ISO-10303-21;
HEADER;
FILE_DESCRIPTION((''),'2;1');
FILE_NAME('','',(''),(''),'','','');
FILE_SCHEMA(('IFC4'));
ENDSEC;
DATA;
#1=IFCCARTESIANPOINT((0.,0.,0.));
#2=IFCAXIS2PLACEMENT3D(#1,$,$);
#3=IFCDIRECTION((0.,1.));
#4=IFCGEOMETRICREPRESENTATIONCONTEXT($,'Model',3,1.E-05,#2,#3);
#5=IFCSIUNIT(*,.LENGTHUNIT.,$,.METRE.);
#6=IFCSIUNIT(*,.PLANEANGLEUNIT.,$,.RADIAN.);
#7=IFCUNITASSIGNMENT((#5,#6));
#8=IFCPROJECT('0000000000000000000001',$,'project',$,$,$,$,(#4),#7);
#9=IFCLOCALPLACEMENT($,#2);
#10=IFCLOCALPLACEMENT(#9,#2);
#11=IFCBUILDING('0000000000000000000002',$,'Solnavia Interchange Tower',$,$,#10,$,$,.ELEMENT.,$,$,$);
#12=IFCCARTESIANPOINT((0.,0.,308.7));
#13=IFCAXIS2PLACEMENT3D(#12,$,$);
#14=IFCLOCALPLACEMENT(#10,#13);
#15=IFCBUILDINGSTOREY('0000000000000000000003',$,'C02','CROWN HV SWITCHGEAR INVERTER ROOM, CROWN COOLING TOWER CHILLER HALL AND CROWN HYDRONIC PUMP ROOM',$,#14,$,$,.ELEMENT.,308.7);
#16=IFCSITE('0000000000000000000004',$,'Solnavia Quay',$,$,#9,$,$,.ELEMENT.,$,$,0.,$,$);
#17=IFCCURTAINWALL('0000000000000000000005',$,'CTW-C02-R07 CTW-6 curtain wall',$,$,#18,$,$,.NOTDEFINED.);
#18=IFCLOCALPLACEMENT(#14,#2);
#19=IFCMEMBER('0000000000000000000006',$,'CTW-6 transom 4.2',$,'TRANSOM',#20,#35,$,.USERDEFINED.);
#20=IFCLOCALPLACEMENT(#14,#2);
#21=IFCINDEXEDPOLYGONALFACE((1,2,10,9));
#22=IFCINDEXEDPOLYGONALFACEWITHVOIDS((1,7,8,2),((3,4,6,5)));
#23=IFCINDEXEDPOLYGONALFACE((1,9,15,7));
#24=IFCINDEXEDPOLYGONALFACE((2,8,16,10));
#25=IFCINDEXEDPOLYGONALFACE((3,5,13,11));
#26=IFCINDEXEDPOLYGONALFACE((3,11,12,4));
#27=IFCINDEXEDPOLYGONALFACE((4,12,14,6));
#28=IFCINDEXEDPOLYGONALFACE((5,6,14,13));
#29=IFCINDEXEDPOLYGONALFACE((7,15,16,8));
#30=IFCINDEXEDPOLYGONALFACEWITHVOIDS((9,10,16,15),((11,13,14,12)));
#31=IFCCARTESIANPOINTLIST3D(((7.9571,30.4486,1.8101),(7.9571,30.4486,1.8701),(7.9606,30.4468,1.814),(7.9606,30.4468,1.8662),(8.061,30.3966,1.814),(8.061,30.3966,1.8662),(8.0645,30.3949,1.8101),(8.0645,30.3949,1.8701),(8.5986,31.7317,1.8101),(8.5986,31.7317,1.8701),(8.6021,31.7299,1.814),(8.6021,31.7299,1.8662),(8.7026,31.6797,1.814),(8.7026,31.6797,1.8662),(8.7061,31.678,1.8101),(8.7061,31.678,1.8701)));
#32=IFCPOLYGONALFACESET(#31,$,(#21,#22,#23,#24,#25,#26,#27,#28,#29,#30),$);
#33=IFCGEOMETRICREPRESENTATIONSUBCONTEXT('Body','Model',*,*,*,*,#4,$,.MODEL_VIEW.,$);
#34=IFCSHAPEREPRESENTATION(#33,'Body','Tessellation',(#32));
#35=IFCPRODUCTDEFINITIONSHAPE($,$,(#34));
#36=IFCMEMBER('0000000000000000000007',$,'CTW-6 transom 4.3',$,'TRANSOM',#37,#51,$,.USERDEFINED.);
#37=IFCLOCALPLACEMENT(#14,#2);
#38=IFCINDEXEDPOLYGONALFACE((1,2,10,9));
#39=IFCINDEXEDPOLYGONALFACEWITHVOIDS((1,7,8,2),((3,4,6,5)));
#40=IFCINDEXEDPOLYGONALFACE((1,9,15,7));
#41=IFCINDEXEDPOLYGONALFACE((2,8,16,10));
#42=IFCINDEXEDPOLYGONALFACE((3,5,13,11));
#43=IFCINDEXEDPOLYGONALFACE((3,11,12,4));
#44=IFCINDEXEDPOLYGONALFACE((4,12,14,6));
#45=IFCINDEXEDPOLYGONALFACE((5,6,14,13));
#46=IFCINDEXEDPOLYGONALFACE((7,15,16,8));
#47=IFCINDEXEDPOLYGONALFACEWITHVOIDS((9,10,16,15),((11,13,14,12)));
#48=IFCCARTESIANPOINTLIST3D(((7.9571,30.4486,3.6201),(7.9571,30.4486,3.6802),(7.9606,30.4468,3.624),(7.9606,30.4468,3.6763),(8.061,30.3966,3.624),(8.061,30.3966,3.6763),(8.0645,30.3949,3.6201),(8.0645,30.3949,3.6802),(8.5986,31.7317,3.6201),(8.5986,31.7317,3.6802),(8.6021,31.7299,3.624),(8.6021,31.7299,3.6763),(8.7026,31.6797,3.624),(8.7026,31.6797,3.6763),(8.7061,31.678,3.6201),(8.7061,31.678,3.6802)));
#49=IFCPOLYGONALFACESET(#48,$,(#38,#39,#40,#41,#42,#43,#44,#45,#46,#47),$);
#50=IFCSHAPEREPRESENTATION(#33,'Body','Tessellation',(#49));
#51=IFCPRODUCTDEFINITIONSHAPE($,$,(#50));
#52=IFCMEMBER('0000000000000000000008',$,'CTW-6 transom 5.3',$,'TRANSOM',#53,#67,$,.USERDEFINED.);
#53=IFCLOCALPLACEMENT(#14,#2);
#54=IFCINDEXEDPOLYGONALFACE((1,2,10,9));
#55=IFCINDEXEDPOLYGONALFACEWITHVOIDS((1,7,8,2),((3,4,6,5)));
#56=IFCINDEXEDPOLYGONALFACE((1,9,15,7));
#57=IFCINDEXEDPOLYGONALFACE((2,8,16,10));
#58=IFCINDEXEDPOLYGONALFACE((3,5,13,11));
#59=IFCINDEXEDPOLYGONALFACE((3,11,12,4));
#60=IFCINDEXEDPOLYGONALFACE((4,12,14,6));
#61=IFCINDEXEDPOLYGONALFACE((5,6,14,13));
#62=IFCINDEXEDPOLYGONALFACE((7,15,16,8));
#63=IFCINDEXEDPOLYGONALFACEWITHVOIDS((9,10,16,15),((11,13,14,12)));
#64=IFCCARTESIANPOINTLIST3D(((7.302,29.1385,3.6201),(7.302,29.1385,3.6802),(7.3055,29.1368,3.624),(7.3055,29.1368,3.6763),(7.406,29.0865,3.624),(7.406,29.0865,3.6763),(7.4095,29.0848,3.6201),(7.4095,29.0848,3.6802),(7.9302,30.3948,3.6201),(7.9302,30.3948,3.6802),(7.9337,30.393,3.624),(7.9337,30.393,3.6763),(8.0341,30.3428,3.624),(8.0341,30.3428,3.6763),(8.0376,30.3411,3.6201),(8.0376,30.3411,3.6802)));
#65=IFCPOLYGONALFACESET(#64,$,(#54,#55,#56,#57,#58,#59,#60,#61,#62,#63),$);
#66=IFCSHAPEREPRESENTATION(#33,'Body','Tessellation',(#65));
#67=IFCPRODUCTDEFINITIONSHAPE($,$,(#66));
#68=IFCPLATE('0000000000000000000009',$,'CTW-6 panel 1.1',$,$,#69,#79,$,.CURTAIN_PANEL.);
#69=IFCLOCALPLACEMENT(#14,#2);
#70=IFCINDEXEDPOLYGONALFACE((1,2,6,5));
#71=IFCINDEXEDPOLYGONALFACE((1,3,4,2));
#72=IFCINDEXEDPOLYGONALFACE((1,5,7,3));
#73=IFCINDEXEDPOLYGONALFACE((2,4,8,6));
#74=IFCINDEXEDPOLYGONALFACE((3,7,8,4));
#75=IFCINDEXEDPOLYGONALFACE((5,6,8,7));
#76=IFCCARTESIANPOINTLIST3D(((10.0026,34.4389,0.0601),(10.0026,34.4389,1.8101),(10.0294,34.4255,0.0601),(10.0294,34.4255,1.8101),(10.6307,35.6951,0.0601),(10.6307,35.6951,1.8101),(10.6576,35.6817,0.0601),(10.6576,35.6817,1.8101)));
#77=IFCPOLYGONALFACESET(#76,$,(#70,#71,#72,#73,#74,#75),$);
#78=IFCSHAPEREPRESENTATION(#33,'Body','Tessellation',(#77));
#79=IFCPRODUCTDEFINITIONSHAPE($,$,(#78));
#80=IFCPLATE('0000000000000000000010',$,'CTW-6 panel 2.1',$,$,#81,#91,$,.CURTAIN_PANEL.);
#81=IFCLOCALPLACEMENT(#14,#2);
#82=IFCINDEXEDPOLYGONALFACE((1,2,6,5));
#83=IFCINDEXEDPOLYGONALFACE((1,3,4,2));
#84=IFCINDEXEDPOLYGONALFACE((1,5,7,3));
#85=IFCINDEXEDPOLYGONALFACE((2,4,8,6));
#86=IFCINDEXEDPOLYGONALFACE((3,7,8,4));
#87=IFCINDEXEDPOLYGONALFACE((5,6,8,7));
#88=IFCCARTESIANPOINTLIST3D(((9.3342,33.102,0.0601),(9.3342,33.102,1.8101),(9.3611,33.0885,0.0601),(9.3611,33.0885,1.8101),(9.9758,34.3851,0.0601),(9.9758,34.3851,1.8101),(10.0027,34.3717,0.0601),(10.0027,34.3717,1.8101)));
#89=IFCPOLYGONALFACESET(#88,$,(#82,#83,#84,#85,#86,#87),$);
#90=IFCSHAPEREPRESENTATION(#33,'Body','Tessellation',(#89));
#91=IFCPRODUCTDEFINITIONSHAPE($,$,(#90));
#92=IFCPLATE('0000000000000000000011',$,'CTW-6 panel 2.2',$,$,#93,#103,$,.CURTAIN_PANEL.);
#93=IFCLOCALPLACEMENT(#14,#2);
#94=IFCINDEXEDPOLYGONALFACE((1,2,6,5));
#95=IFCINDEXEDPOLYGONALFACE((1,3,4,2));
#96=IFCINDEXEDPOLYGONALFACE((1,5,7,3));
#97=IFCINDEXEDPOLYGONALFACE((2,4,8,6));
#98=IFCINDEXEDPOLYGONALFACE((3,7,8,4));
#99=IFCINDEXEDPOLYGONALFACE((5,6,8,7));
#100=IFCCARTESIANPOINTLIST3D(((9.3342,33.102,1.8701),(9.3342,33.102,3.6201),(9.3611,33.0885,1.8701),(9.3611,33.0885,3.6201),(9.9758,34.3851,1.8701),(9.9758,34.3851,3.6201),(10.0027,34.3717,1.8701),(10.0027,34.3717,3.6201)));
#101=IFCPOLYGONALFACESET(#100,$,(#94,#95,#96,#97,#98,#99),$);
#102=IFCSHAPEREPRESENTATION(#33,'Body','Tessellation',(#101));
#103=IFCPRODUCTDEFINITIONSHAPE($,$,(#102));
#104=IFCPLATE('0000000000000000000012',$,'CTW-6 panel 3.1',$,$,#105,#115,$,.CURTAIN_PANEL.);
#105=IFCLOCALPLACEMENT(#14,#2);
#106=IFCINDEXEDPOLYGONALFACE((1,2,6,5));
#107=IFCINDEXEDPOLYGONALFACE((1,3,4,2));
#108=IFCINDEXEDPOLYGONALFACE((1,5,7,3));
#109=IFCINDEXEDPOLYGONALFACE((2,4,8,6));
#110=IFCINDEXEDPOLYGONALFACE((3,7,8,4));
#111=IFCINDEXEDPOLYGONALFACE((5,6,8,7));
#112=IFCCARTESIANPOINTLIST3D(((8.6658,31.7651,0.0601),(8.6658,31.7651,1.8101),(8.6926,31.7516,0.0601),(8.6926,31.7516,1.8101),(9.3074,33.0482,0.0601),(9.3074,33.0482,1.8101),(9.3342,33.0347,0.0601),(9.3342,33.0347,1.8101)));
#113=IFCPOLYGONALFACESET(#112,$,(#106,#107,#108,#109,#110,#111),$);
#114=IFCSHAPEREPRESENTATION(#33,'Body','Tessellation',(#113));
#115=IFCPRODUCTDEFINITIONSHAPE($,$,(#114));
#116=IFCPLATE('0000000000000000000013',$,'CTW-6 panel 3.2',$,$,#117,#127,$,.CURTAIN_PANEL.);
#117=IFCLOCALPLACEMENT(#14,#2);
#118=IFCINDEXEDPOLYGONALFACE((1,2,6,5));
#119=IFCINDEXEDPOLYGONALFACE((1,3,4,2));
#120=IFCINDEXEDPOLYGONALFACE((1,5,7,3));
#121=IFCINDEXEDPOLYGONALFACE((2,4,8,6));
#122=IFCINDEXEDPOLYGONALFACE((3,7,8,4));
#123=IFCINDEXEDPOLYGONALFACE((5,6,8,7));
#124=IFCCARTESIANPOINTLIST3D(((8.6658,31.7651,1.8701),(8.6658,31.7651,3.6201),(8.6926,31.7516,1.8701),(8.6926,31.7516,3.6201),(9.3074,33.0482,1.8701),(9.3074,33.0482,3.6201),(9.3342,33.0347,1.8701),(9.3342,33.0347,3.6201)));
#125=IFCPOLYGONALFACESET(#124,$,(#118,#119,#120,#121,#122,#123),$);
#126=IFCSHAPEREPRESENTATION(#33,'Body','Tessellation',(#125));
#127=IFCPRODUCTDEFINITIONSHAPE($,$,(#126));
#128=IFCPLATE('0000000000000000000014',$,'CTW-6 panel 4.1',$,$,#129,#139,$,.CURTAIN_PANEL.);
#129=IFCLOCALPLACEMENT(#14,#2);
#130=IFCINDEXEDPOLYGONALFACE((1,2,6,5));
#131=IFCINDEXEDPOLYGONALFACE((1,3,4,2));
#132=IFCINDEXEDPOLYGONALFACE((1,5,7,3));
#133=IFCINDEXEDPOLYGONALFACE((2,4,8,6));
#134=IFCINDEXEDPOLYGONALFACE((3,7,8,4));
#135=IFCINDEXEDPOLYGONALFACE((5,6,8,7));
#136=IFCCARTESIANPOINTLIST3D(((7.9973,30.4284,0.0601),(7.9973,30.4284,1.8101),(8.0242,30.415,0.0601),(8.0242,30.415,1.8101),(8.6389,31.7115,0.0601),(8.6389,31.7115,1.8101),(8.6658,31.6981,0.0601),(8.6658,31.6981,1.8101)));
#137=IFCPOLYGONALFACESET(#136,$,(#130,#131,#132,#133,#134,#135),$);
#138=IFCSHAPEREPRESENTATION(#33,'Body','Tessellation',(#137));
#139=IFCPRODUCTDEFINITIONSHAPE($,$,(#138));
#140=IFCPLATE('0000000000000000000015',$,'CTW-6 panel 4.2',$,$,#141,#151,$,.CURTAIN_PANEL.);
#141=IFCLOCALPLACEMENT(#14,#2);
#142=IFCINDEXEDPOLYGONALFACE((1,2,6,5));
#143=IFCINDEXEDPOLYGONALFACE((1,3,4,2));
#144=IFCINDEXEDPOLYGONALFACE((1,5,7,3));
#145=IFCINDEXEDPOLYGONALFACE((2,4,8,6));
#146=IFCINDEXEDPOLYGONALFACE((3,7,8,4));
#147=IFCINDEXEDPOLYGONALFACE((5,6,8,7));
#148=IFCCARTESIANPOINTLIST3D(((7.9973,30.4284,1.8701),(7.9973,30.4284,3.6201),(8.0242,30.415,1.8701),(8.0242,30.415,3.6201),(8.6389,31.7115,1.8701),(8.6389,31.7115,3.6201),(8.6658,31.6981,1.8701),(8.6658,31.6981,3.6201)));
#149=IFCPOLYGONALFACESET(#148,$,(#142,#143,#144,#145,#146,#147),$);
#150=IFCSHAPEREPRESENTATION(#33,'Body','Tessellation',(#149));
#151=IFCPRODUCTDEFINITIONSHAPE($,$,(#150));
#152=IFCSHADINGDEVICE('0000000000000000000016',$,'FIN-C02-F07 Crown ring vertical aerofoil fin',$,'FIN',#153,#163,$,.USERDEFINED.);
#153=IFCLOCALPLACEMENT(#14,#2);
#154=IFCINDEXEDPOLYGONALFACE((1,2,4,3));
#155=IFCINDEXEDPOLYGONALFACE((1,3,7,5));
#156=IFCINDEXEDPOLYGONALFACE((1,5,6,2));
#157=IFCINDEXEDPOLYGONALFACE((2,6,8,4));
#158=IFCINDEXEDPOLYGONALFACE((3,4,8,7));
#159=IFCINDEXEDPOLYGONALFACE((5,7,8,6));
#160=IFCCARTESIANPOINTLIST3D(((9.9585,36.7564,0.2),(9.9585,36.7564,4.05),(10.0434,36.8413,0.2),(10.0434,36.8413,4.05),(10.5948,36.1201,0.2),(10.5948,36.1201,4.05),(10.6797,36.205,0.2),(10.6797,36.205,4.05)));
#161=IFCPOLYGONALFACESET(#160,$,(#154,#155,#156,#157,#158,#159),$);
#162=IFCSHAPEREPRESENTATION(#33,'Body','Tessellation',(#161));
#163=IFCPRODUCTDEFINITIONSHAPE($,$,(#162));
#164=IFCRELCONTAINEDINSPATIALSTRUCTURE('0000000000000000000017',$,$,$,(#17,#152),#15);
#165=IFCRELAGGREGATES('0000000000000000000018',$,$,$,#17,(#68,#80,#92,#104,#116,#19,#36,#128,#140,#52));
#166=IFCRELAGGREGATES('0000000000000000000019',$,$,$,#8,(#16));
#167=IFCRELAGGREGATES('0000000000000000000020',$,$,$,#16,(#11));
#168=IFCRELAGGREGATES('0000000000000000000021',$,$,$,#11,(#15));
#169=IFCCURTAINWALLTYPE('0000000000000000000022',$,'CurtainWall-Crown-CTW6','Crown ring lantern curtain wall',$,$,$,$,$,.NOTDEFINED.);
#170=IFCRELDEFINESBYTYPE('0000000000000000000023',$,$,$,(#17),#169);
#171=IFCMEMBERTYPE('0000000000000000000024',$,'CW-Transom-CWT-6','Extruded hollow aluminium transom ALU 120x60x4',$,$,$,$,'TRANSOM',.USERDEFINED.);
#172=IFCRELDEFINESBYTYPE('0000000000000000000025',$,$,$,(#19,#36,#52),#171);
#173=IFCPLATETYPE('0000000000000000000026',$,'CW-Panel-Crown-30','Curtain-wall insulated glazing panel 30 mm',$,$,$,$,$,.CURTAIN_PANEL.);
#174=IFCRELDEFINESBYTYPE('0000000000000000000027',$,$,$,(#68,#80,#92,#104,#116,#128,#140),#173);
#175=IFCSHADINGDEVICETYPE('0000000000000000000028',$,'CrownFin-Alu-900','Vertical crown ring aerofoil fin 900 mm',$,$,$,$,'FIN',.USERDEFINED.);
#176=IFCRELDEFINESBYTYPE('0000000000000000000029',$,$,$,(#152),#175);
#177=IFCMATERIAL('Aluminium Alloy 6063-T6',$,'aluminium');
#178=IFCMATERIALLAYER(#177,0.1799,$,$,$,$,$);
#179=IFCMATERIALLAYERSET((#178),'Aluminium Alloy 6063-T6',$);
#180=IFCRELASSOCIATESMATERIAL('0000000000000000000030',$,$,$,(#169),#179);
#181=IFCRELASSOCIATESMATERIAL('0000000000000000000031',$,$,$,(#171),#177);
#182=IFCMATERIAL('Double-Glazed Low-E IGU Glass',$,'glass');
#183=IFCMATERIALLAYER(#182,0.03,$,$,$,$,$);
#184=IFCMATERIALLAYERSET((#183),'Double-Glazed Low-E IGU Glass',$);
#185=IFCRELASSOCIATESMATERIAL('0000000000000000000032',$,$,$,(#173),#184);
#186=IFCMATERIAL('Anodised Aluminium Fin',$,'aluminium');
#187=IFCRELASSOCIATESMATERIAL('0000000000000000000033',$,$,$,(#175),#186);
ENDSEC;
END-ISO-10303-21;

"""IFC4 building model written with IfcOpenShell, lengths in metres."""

from ifc_helpers import new_model, si_unit, direction, frame, origin, origin_2d, place, context, subcontext, project, spatial, rectangle, hollow_rectangle, extrude, material, layer, layer_set, material_profile, profile_set, type_object, element, aggregate, save


model = new_model("IFC4")

# Units and contexts
model_context = context("Model", 3, precision=1e-05, world=origin(), true_north=direction((0.0, 1.0)))
body_context = subcontext(model_context, "Body", "Model", "MODEL_VIEW")
ifc_project = project(units=[si_unit("LENGTHUNIT", "METRE"), si_unit("PLANEANGLEUNIT", "RADIAN")], contexts=[model_context])

# Site, building, storey
site_placement = place(None, origin())
site = spatial("IfcSite", under=ifc_project, at=site_placement, Name="Solnavia Quay", CompositionType="ELEMENT", RefElevation=0.0)
building_placement = place(site_placement, origin())
building = spatial("IfcBuilding", under=site, at=building_placement, Name="Solnavia Interchange Tower", CompositionType="ELEMENT")
storey_placement = place(building_placement, frame((0.0, 0.0, 308.7)))
storey = spatial("IfcBuildingStorey", under=building, at=storey_placement, Name="C02", Description="CROWN HV SWITCHGEAR INVERTER ROOM, CROWN COOLING TOWER CHILLER HALL AND CROWN HYDRONIC PUMP ROOM", CompositionType="ELEMENT", Elevation=308.7)

# Curtain wall, members, plates
ifc_material_1 = material(Name="Aluminium Alloy 6063-T6", Category="aluminium")
ifc_layer_1 = layer(ifc_material_1, 0.1799)
ifc_layer_set_1 = layer_set([ifc_layer_1], Name="Aluminium Alloy 6063-T6")
curtain_wall_type = type_object("IfcCurtainWallType", Name="CurtainWall-Crown-CTW6", Description="Crown ring lantern curtain wall", PredefinedType="NOTDEFINED", material=ifc_layer_set_1)
curtain_wall_placement = place(storey_placement, origin())
curtain_wall = element("IfcCurtainWall", 1, at=curtain_wall_placement, inside=storey, type_object=curtain_wall_type, Name="CTW-C02-R07 CTW-6 curtain wall", PredefinedType="NOTDEFINED")
ifc_material_profile_1 = material_profile(ifc_material_1, hollow_rectangle(XDim=0.0601, YDim=0.1201, WallThickness=0.0039, at=origin_2d()), Name="ALU 120x60x4")
ifc_profile_set_1 = profile_set([ifc_material_profile_1], Name="Aluminium Alloy 6063-T6")
member_type_1 = type_object("IfcMemberType", Name="CW-Transom-CWT-6", Description="Extruded hollow aluminium transom ALU 120x60x4", ElementType="TRANSOM", PredefinedType="USERDEFINED", material=ifc_profile_set_1)
member_1_placement = place(storey_placement, frame((8.6523, 31.7048, 1.8401), z_axis=(-0.447214, -0.894427, 0.0), x_axis=(0.0, 0.0, 1.0)))
member_1 = element("IfcMember", 2, at=member_1_placement, type_object=member_type_1, Name="CTW-6 transom 4.2", ObjectType="TRANSOM", PredefinedType="USERDEFINED", context=body_context, shape_type="SweptSolid", body=[
    extrude(hollow_rectangle(XDim=0.0601, YDim=0.1201, WallThickness=0.0039, at=origin_2d()), origin(), (0.0, 0.0, 1.0), 1.4346),
])
member_2_placement = place(storey_placement, frame((8.6523, 31.7048, 3.6501), z_axis=(-0.447214, -0.894427, 0.0), x_axis=(0.0, 0.0, 1.0)))
member_2 = element("IfcMember", 3, at=member_2_placement, type_object=member_type_1, Name="CTW-6 transom 4.3", ObjectType="TRANSOM", PredefinedType="USERDEFINED", context=body_context, shape_type="SweptSolid", body=[
    extrude(hollow_rectangle(XDim=0.0601, YDim=0.1201, WallThickness=0.0039, at=origin_2d()), origin(), (0.0, 0.0, 1.0), 1.4346),
])
member_3_placement = place(storey_placement, frame((7.9839, 30.3679, 3.6501), z_axis=(-0.447214, -0.894427, 0.0), x_axis=(0.0, 0.0, 1.0)))
member_3 = element("IfcMember", 4, at=member_3_placement, type_object=member_type_1, Name="CTW-6 transom 5.3", ObjectType="TRANSOM", PredefinedType="USERDEFINED", context=body_context, shape_type="SweptSolid", body=[
    extrude(hollow_rectangle(XDim=0.0601, YDim=0.1201, WallThickness=0.0039, at=origin_2d()), origin(), (0.0, 0.0, 1.0), 1.4045),
])
ifc_material_2 = material(Name="Double-Glazed Low-E IGU Glass", Category="glass")
ifc_layer_2 = layer(ifc_material_2, 0.03)
ifc_layer_set_2 = layer_set([ifc_layer_2], Name="Double-Glazed Low-E IGU Glass")
plate_type = type_object("IfcPlateType", Name="CW-Panel-Crown-30", Description="Curtain-wall insulated glazing panel 30 mm", PredefinedType="CURTAIN_PANEL", material=ifc_layer_set_2)
plate_1_placement = place(storey_placement, frame((10.3301, 35.0603, 0.0601), z_axis=(0.0, 0.0, 1.0), x_axis=(-0.447214, -0.894427, 0.0)))
plate_1 = element("IfcPlate", 5, at=plate_1_placement, type_object=plate_type, Name="CTW-6 panel 1.1", PredefinedType="CURTAIN_PANEL", context=body_context, shape_type="SweptSolid", body=[
    extrude(rectangle(XDim=1.4045, YDim=0.03, at=origin_2d()), origin(), (0.0, 0.0, 1.0), 1.75),
])
plate_2_placement = place(storey_placement, frame((9.6685, 33.7368, 0.0601), z_axis=(0.0, 0.0, 1.0), x_axis=(-0.447214, -0.894427, 0.0)))
plate_2 = element("IfcPlate", 6, at=plate_2_placement, type_object=plate_type, Name="CTW-6 panel 2.1", PredefinedType="CURTAIN_PANEL", context=body_context, shape_type="SweptSolid", body=[
    extrude(rectangle(XDim=1.4346, YDim=0.03, at=origin_2d()), origin(), (0.0, 0.0, 1.0), 1.75),
])
plate_3_placement = place(storey_placement, frame((9.6685, 33.7368, 1.8701), z_axis=(0.0, 0.0, 1.0), x_axis=(-0.447214, -0.894427, 0.0)))
plate_3 = element("IfcPlate", 7, at=plate_3_placement, type_object=plate_type, Name="CTW-6 panel 2.2", PredefinedType="CURTAIN_PANEL", context=body_context, shape_type="SweptSolid", body=[
    extrude(rectangle(XDim=1.4346, YDim=0.03, at=origin_2d()), origin(), (0.0, 0.0, 1.0), 1.75),
])
plate_4_placement = place(storey_placement, frame((9.0, 32.3999, 0.0601), z_axis=(0.0, 0.0, 1.0), x_axis=(-0.447214, -0.894427, 0.0)))
plate_4 = element("IfcPlate", 8, at=plate_4_placement, type_object=plate_type, Name="CTW-6 panel 3.1", PredefinedType="CURTAIN_PANEL", context=body_context, shape_type="SweptSolid", body=[
    extrude(rectangle(XDim=1.4346, YDim=0.03, at=origin_2d()), origin(), (0.0, 0.0, 1.0), 1.75),
])
plate_5_placement = place(storey_placement, frame((9.0, 32.3999, 1.8701), z_axis=(0.0, 0.0, 1.0), x_axis=(-0.447214, -0.894427, 0.0)))
plate_5 = element("IfcPlate", 9, at=plate_5_placement, type_object=plate_type, Name="CTW-6 panel 3.2", PredefinedType="CURTAIN_PANEL", context=body_context, shape_type="SweptSolid", body=[
    extrude(rectangle(XDim=1.4346, YDim=0.03, at=origin_2d()), origin(), (0.0, 0.0, 1.0), 1.75),
])
plate_6_placement = place(storey_placement, frame((8.3315, 31.0632, 0.0601), z_axis=(0.0, 0.0, 1.0), x_axis=(-0.447214, -0.894427, 0.0)))
plate_6 = element("IfcPlate", 10, at=plate_6_placement, type_object=plate_type, Name="CTW-6 panel 4.1", PredefinedType="CURTAIN_PANEL", context=body_context, shape_type="SweptSolid", body=[
    extrude(rectangle(XDim=1.4346, YDim=0.03, at=origin_2d()), origin(), (0.0, 0.0, 1.0), 1.75),
])
plate_7_placement = place(storey_placement, frame((8.3315, 31.0632, 1.8701), z_axis=(0.0, 0.0, 1.0), x_axis=(-0.447214, -0.894427, 0.0)))
plate_7 = element("IfcPlate", 11, at=plate_7_placement, type_object=plate_type, Name="CTW-6 panel 4.2", PredefinedType="CURTAIN_PANEL", context=body_context, shape_type="SweptSolid", body=[
    extrude(rectangle(XDim=1.4346, YDim=0.03, at=origin_2d()), origin(), (0.0, 0.0, 1.0), 1.75),
])
aggregate(curtain_wall, [plate_1, plate_2, plate_3, plate_4, plate_5, member_1, member_2, plate_6, plate_7, member_3])

# Shading device
ifc_material_3 = material(Name="Anodised Aluminium Fin", Category="aluminium")
shading_device_type = type_object("IfcShadingDeviceType", Name="CrownFin-Alu-900", Description="Vertical crown ring aerofoil fin 900 mm", ElementType="FIN", PredefinedType="USERDEFINED", material=ifc_material_3)
shading_device_placement = place(storey_placement, frame((10.3191, 36.4807, 0.2), z_axis=(0.0, 0.0, 1.0), x_axis=(-0.707107, 0.707107, 0.0)))
element("IfcShadingDevice", 12, at=shading_device_placement, inside=storey, type_object=shading_device_type, Name="FIN-C02-F07 Crown ring vertical aerofoil fin", ObjectType="FIN", PredefinedType="USERDEFINED", context=body_context, shape_type="SweptSolid", body=[
    extrude(rectangle(XDim=0.8999, YDim=0.1201, at=origin_2d()), origin(), (0.0, 0.0, 1.0), 3.8501),
])

save(model, "model.ifc")
